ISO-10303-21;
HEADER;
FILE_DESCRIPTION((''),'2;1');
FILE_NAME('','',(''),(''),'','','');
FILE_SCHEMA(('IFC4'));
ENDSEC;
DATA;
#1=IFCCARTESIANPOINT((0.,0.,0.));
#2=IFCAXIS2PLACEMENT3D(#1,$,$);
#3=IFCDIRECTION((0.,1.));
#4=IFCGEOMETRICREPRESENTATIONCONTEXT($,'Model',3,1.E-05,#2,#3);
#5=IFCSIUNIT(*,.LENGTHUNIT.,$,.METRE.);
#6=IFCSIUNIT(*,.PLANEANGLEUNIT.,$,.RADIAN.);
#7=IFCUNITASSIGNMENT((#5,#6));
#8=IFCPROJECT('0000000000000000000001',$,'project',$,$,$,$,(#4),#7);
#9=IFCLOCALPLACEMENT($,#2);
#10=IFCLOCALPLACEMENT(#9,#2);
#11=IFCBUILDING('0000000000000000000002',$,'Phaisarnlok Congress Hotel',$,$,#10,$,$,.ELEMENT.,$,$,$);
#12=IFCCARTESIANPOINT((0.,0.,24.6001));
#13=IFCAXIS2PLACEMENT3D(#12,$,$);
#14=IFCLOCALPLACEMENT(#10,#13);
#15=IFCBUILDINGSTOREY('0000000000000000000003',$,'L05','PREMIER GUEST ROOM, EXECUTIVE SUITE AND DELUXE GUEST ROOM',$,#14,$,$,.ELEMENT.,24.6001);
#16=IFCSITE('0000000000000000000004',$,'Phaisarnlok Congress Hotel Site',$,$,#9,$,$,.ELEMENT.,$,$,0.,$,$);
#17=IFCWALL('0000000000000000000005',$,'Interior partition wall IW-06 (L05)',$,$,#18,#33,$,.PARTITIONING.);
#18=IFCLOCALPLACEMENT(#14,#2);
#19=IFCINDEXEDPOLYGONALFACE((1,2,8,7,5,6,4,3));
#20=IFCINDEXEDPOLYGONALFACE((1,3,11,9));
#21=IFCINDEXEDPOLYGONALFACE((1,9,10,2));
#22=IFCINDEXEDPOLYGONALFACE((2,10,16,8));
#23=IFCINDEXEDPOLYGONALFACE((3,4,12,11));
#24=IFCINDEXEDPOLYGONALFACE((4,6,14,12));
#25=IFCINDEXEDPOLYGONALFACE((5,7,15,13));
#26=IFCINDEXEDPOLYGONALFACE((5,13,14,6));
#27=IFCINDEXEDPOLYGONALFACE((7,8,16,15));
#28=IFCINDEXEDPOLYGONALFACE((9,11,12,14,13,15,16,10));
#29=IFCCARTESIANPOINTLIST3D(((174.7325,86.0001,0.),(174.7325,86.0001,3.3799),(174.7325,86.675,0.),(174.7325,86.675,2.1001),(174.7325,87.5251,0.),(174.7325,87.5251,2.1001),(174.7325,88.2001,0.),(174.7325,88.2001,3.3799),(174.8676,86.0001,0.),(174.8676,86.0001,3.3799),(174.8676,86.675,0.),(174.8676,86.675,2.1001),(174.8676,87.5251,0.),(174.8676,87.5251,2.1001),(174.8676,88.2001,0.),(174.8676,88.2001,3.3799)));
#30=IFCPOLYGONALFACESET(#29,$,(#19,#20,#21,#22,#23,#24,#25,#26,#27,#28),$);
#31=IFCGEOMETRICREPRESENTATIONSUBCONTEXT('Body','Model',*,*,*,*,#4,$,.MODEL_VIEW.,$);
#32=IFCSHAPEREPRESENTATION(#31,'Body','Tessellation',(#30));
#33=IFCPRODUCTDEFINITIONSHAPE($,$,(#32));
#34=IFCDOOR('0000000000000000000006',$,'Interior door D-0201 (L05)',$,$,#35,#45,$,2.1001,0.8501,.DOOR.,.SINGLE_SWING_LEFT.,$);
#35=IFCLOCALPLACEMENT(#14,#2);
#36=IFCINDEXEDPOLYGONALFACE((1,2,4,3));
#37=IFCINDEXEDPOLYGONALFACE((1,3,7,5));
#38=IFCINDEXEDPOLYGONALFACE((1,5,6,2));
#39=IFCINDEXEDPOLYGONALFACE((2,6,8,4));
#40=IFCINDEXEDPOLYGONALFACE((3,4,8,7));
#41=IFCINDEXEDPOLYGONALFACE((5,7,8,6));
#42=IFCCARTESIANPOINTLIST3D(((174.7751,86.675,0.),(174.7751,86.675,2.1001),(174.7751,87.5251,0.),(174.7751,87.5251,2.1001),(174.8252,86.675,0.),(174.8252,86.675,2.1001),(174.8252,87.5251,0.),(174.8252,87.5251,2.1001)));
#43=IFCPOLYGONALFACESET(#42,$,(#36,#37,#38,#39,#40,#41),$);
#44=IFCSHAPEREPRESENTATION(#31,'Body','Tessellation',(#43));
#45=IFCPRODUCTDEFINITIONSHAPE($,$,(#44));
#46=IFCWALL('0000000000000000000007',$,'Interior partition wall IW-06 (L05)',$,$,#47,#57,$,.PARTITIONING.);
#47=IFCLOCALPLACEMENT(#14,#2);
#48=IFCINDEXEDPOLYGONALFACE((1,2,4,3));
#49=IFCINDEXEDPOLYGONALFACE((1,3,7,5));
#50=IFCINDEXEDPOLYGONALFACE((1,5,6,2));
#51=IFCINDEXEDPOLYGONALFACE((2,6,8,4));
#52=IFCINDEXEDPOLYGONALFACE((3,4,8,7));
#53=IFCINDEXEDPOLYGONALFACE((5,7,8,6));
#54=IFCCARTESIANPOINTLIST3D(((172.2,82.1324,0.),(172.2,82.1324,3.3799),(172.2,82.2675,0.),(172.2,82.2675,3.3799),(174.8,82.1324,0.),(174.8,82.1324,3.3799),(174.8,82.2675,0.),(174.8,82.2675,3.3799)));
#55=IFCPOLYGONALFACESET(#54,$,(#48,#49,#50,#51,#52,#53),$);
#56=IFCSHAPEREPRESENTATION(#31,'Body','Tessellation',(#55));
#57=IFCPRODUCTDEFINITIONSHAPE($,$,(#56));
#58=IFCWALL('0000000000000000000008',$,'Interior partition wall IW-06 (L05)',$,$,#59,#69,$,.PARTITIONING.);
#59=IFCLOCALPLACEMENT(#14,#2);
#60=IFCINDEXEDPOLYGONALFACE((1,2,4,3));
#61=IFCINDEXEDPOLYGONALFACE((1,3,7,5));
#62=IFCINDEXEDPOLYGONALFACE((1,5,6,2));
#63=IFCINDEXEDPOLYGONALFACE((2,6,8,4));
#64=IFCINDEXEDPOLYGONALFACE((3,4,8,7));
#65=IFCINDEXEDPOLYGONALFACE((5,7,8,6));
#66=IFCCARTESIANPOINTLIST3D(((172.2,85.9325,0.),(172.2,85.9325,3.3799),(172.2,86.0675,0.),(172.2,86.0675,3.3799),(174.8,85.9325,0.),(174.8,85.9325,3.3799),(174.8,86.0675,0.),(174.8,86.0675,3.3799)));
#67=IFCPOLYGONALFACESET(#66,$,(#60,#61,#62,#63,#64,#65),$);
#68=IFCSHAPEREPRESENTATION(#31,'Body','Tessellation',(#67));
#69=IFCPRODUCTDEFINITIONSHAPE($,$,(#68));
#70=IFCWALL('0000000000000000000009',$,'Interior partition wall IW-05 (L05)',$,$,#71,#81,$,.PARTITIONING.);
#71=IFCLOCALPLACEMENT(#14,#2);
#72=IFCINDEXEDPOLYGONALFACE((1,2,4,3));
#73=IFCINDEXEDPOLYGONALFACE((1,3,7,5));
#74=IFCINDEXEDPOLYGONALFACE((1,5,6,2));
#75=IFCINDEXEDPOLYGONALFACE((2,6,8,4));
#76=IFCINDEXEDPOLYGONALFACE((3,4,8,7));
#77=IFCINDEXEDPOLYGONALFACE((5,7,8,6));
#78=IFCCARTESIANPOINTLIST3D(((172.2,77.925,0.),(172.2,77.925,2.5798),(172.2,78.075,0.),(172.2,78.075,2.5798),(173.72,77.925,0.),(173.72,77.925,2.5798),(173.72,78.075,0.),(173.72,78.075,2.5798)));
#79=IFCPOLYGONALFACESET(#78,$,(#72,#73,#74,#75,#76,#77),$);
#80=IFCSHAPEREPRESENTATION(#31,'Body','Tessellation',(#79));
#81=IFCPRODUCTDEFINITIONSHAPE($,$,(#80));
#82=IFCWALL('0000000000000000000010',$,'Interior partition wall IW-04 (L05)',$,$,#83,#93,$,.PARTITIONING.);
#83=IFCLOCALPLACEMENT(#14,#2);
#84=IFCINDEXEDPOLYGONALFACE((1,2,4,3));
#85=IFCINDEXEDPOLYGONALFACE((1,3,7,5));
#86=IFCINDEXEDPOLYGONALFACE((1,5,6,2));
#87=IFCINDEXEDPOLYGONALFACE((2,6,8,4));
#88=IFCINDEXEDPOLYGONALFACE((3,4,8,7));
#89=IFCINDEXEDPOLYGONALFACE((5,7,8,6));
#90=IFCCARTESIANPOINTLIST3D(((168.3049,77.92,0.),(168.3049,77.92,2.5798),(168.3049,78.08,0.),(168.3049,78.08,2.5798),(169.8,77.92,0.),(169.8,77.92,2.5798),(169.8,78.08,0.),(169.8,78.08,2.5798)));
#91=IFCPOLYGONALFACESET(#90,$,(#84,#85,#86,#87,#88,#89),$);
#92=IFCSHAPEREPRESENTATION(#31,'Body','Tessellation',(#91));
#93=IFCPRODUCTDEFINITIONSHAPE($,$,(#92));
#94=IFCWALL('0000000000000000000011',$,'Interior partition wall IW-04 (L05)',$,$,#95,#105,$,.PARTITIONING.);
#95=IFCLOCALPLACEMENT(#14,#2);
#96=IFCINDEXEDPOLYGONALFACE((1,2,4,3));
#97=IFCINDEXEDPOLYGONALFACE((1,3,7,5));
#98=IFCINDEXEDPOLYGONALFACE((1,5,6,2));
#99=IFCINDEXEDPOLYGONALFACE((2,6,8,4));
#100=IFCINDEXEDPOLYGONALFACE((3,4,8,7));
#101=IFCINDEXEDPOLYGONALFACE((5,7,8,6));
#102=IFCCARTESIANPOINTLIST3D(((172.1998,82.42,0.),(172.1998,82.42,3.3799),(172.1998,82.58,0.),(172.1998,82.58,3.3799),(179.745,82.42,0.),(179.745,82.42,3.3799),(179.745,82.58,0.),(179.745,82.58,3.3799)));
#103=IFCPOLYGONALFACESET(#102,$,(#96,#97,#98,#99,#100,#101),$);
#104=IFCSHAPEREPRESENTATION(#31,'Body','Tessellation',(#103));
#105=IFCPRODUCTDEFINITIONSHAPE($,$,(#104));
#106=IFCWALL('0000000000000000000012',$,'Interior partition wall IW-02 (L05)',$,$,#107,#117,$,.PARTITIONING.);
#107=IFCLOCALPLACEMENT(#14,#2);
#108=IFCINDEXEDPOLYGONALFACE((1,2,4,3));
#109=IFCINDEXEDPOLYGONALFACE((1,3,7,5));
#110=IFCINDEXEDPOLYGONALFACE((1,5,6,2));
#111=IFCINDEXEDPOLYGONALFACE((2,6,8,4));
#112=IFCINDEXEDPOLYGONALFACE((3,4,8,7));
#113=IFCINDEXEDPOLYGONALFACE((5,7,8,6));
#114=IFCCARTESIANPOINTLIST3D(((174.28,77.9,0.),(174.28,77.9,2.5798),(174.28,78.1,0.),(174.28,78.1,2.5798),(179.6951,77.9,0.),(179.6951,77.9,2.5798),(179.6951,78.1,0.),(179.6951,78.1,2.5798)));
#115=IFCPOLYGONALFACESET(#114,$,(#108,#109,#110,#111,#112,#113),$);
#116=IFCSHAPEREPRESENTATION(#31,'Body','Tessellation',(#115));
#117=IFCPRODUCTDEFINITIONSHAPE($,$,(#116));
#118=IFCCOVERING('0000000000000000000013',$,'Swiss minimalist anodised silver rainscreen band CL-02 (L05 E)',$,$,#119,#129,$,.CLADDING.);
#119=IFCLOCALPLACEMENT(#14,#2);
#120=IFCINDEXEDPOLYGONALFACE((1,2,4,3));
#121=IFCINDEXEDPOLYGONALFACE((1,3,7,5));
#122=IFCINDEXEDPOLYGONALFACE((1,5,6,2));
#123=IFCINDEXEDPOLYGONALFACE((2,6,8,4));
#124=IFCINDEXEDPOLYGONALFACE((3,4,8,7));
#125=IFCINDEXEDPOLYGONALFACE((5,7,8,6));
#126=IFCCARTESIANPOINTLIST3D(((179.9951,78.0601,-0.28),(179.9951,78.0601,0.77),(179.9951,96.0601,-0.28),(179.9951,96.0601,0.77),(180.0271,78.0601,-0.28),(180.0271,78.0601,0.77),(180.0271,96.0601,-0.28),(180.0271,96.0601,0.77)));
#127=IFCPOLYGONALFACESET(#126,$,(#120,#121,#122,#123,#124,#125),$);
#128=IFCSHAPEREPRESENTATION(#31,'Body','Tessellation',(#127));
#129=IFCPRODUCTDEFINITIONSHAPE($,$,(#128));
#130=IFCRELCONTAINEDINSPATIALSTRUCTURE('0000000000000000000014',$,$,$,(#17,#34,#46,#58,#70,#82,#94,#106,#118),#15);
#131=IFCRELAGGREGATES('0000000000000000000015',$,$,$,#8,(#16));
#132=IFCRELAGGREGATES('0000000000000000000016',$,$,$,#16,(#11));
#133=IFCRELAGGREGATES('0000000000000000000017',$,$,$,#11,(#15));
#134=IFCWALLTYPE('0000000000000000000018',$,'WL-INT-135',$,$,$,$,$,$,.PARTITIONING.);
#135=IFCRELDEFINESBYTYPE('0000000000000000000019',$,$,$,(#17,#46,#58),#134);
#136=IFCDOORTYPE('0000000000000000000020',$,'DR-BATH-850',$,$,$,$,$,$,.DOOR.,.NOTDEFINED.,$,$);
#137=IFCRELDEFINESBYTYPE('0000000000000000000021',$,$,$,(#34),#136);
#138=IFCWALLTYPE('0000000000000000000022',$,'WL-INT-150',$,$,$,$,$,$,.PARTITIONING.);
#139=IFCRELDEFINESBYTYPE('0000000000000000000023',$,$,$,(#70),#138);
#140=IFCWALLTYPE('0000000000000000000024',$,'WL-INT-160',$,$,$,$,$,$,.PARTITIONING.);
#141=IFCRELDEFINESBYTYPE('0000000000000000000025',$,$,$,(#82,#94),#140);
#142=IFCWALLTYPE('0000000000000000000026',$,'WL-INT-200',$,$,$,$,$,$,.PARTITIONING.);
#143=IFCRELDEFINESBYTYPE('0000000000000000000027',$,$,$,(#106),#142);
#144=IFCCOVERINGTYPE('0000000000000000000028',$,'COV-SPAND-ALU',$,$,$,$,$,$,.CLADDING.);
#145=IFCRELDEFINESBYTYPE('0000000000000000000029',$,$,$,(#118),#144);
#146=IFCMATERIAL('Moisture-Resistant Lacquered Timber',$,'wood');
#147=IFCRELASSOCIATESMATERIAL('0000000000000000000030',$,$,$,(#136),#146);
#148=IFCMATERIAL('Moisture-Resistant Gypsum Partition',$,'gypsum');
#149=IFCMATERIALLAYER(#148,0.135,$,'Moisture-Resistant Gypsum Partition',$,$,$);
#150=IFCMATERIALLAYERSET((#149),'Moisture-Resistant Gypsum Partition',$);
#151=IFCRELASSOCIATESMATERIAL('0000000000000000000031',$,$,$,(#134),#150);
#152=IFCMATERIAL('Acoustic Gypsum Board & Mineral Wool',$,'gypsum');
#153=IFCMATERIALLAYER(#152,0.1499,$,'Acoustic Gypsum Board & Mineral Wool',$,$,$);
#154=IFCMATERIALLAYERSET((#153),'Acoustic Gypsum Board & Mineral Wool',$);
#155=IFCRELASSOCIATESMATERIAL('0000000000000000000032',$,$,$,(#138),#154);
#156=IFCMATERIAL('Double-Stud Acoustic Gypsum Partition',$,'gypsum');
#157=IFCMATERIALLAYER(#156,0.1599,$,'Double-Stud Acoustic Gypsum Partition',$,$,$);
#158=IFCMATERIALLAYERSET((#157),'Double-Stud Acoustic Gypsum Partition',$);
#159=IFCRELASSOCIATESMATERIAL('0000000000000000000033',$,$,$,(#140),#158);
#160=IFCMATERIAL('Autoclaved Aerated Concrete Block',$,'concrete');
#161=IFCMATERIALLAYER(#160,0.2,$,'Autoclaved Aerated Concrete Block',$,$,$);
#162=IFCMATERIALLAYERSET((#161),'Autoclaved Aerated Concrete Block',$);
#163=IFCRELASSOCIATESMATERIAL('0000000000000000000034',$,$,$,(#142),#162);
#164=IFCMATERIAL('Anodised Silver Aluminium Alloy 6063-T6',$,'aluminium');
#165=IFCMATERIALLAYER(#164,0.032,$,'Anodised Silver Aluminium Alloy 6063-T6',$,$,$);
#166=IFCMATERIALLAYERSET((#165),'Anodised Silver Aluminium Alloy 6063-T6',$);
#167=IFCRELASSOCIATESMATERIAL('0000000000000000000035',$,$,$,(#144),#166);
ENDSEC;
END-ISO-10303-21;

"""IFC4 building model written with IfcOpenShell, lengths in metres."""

from ifc_helpers import new_model, si_unit, direction, frame, frame_2d, origin, place, context, subcontext, project, spatial, polyline, rectangle, outline, extrude, material, layer, layer_set, type_object, element, fill, save


model = new_model("IFC4")

# Units and contexts
model_context = context("Model", 3, precision=1e-05, world=origin(), true_north=direction((0.0, 1.0)))
body_context = subcontext(model_context, "Body", "Model", "MODEL_VIEW")
ifc_project = project(units=[si_unit("LENGTHUNIT", "METRE"), si_unit("PLANEANGLEUNIT", "RADIAN")], contexts=[model_context])

# Site, building, storey
site_placement = place(None, origin())
site = spatial("IfcSite", under=ifc_project, at=site_placement, Name="Phaisarnlok Congress Hotel Site", CompositionType="ELEMENT", RefElevation=0.0)
building_placement = place(site_placement, origin())
building = spatial("IfcBuilding", under=site, at=building_placement, Name="Phaisarnlok Congress Hotel", CompositionType="ELEMENT")
storey_placement = place(building_placement, frame((0.0, 0.0, 24.6001)))
storey = spatial("IfcBuildingStorey", under=building, at=storey_placement, Name="L05", Description="PREMIER GUEST ROOM, EXECUTIVE SUITE AND DELUXE GUEST ROOM", CompositionType="ELEMENT", Elevation=24.6001)

# Shared definitions
ifc_material_1 = material(Name="Moisture-Resistant Lacquered Timber", Category="wood")
door_type = type_object("IfcDoorType", Name="DR-BATH-850", OperationType="NOTDEFINED", PredefinedType="DOOR", material=ifc_material_1)

# Wall, opening, door
ifc_material_2 = material(Name="Moisture-Resistant Gypsum Partition", Category="gypsum")
ifc_layer_1 = layer(ifc_material_2, 0.135, Name="Moisture-Resistant Gypsum Partition")
ifc_layer_set_1 = layer_set([ifc_layer_1], Name="Moisture-Resistant Gypsum Partition")
wall_type_1 = type_object("IfcWallType", Name="WL-INT-135", PredefinedType="PARTITIONING", material=ifc_layer_set_1)
wall_1_placement = place(storey_placement, frame((174.8, 86.0, 0.0), z_axis=(0.0, 0.0, 1.0), x_axis=(0.0, 1.0, 0.0)))
wall_1 = element("IfcWall", 1, at=wall_1_placement, inside=storey, type_object=wall_type_1, Name="Interior partition wall IW-06 (L05)", PredefinedType="PARTITIONING", context=body_context, shape_type="SweptSolid", body=[
    extrude(rectangle(XDim=2.2, YDim=0.135, at=frame_2d((1.1001, 0.0))), origin(), (0.0, 0.0, 1.0), 3.3799),
])
opening_1_placement = place(wall_1_placement, frame((0.675, 0.0, 0.0)))
opening_1 = element("IfcOpeningElement", 2, at=opening_1_placement, cuts=wall_1, PredefinedType="OPENING", context=body_context, shape_type="SweptSolid", body=[
    extrude(rectangle(XDim=0.8501, YDim=2.1001, at=frame_2d((0.425, 1.05))), frame((0.0, 0.0776, 0.0), z_axis=(0.0, -1.0, 0.0), x_axis=(1.0, 0.0, 0.0)), (0.0, 0.0, 1.0), 0.155),
])
door_1_placement = place(opening_1_placement, origin())
door_1 = element("IfcDoor", 3, at=door_1_placement, inside=storey, type_object=door_type, Name="Interior door D-0201 (L05)", OperationType="SINGLE_SWING_LEFT", OverallHeight=2.1001, OverallWidth=0.8501, PredefinedType="DOOR", context=body_context, shape_type="SweptSolid", body=[
    extrude(rectangle(XDim=0.8501, YDim=2.1001, at=frame_2d((0.425, 1.05))), frame((0.0, 0.0249, 0.0), z_axis=(0.0, -1.0, 0.0), x_axis=(1.0, 0.0, 0.0)), (0.0, 0.0, 1.0), 0.05),
])
fill(opening_1, door_1)

# Walls
for number, where, z_axis, x_axis, name in (
    (4, (172.2, 82.2, 0.0), (0.0, 0.0, 1.0), (1.0, 0.0, 0.0), "Interior partition wall IW-06 (L05)"),
    (5, (172.2, 86.0, 0.0), (0.0, 0.0, 1.0), (1.0, 0.0, 0.0), "Interior partition wall IW-06 (L05)"),
):
    element("IfcWall", number, at=place(storey_placement, frame(where, z_axis=z_axis, x_axis=x_axis)), inside=storey, type_object=wall_type_1, Name=name, PredefinedType="PARTITIONING", context=body_context, shape_type="SweptSolid", body=[
        extrude(rectangle(XDim=2.6001, YDim=0.135, at=frame_2d((1.3, 0.0))), origin(), (0.0, 0.0, 1.0), 3.3799),
    ])
ifc_material_3 = material(Name="Acoustic Gypsum Board & Mineral Wool", Category="gypsum")
ifc_layer_2 = layer(ifc_material_3, 0.1499, Name="Acoustic Gypsum Board & Mineral Wool")
ifc_layer_set_2 = layer_set([ifc_layer_2], Name="Acoustic Gypsum Board & Mineral Wool")
wall_type_2 = type_object("IfcWallType", Name="WL-INT-150", PredefinedType="PARTITIONING", material=ifc_layer_set_2)
wall_2_placement = place(storey_placement, frame((172.2, 78.0, 0.0), z_axis=(0.0, 0.0, 1.0), x_axis=(1.0, 0.0, 0.0)))
element("IfcWall", 6, at=wall_2_placement, inside=storey, type_object=wall_type_2, Name="Interior partition wall IW-05 (L05)", PredefinedType="PARTITIONING", context=body_context, shape_type="SweptSolid", body=[
    extrude(rectangle(XDim=1.52, YDim=0.1499, at=frame_2d((0.76, 0.0))), origin(), (0.0, 0.0, 1.0), 2.5798),
])
ifc_material_4 = material(Name="Double-Stud Acoustic Gypsum Partition", Category="gypsum")
ifc_layer_3 = layer(ifc_material_4, 0.1599, Name="Double-Stud Acoustic Gypsum Partition")
ifc_layer_set_3 = layer_set([ifc_layer_3], Name="Double-Stud Acoustic Gypsum Partition")
wall_type_3 = type_object("IfcWallType", Name="WL-INT-160", PredefinedType="PARTITIONING", material=ifc_layer_set_3)
wall_3_placement = place(storey_placement, frame((168.3049, 78.0, 0.0), z_axis=(0.0, 0.0, 1.0), x_axis=(1.0, 0.0, 0.0)))
element("IfcWall", 7, at=wall_3_placement, inside=storey, type_object=wall_type_3, Name="Interior partition wall IW-04 (L05)", PredefinedType="PARTITIONING", context=body_context, shape_type="SweptSolid", body=[
    extrude(rectangle(XDim=1.4951, YDim=0.1599, at=frame_2d((0.7476, 0.0))), origin(), (0.0, 0.0, 1.0), 2.5798),
])
wall_4_placement = place(storey_placement, frame((172.2, 82.5, 0.0), z_axis=(0.0, 0.0, 1.0), x_axis=(1.0, 0.0, 0.0)))
element("IfcWall", 8, at=wall_4_placement, inside=storey, type_object=wall_type_3, Name="Interior partition wall IW-04 (L05)", PredefinedType="PARTITIONING", context=body_context, shape_type="SweptSolid", body=[
    extrude(rectangle(XDim=7.5452, YDim=0.1599, at=frame_2d((3.7725, 0.0))), origin(), (0.0, 0.0, 1.0), 3.3799),
])
ifc_material_5 = material(Name="Autoclaved Aerated Concrete Block", Category="concrete")
ifc_layer_4 = layer(ifc_material_5, 0.2, Name="Autoclaved Aerated Concrete Block")
ifc_layer_set_4 = layer_set([ifc_layer_4], Name="Autoclaved Aerated Concrete Block")
wall_type_4 = type_object("IfcWallType", Name="WL-INT-200", PredefinedType="PARTITIONING", material=ifc_layer_set_4)
wall_5_placement = place(storey_placement, frame((174.28, 78.0, 0.0), z_axis=(0.0, 0.0, 1.0), x_axis=(1.0, 0.0, 0.0)))
element("IfcWall", 9, at=wall_5_placement, inside=storey, type_object=wall_type_4, Name="Interior partition wall IW-02 (L05)", PredefinedType="PARTITIONING", context=body_context, shape_type="SweptSolid", body=[
    extrude(rectangle(XDim=5.415, YDim=0.2, at=frame_2d((2.7075, 0.0))), origin(), (0.0, 0.0, 1.0), 2.5798),
])

# Covering
ifc_material_6 = material(Name="Anodised Silver Aluminium Alloy 6063-T6", Category="aluminium")
ifc_layer_5 = layer(ifc_material_6, 0.032, Name="Anodised Silver Aluminium Alloy 6063-T6")
ifc_layer_set_5 = layer_set([ifc_layer_5], Name="Anodised Silver Aluminium Alloy 6063-T6")
covering_type = type_object("IfcCoveringType", Name="COV-SPAND-ALU", PredefinedType="CLADDING", material=ifc_layer_set_5)
covering_placement = place(storey_placement, frame((179.9951, 78.0601, -0.28), z_axis=(1.0, 0.0, 0.0), x_axis=(0.0, 1.0, 0.0)))
element("IfcCovering", 10, at=covering_placement, inside=storey, type_object=covering_type, Name="Swiss minimalist anodised silver rainscreen band CL-02 (L05 E)", PredefinedType="CLADDING", context=body_context, shape_type="SweptSolid", body=[
    extrude(outline(polyline([(0.0, 0.0), (18.0, 0.0), (18.0, 1.05), (0.0, 1.05), (0.0, 0.0)])), origin(), (0.0, 0.0, 1.0), 0.032),
])

save(model, "model.ifc")
